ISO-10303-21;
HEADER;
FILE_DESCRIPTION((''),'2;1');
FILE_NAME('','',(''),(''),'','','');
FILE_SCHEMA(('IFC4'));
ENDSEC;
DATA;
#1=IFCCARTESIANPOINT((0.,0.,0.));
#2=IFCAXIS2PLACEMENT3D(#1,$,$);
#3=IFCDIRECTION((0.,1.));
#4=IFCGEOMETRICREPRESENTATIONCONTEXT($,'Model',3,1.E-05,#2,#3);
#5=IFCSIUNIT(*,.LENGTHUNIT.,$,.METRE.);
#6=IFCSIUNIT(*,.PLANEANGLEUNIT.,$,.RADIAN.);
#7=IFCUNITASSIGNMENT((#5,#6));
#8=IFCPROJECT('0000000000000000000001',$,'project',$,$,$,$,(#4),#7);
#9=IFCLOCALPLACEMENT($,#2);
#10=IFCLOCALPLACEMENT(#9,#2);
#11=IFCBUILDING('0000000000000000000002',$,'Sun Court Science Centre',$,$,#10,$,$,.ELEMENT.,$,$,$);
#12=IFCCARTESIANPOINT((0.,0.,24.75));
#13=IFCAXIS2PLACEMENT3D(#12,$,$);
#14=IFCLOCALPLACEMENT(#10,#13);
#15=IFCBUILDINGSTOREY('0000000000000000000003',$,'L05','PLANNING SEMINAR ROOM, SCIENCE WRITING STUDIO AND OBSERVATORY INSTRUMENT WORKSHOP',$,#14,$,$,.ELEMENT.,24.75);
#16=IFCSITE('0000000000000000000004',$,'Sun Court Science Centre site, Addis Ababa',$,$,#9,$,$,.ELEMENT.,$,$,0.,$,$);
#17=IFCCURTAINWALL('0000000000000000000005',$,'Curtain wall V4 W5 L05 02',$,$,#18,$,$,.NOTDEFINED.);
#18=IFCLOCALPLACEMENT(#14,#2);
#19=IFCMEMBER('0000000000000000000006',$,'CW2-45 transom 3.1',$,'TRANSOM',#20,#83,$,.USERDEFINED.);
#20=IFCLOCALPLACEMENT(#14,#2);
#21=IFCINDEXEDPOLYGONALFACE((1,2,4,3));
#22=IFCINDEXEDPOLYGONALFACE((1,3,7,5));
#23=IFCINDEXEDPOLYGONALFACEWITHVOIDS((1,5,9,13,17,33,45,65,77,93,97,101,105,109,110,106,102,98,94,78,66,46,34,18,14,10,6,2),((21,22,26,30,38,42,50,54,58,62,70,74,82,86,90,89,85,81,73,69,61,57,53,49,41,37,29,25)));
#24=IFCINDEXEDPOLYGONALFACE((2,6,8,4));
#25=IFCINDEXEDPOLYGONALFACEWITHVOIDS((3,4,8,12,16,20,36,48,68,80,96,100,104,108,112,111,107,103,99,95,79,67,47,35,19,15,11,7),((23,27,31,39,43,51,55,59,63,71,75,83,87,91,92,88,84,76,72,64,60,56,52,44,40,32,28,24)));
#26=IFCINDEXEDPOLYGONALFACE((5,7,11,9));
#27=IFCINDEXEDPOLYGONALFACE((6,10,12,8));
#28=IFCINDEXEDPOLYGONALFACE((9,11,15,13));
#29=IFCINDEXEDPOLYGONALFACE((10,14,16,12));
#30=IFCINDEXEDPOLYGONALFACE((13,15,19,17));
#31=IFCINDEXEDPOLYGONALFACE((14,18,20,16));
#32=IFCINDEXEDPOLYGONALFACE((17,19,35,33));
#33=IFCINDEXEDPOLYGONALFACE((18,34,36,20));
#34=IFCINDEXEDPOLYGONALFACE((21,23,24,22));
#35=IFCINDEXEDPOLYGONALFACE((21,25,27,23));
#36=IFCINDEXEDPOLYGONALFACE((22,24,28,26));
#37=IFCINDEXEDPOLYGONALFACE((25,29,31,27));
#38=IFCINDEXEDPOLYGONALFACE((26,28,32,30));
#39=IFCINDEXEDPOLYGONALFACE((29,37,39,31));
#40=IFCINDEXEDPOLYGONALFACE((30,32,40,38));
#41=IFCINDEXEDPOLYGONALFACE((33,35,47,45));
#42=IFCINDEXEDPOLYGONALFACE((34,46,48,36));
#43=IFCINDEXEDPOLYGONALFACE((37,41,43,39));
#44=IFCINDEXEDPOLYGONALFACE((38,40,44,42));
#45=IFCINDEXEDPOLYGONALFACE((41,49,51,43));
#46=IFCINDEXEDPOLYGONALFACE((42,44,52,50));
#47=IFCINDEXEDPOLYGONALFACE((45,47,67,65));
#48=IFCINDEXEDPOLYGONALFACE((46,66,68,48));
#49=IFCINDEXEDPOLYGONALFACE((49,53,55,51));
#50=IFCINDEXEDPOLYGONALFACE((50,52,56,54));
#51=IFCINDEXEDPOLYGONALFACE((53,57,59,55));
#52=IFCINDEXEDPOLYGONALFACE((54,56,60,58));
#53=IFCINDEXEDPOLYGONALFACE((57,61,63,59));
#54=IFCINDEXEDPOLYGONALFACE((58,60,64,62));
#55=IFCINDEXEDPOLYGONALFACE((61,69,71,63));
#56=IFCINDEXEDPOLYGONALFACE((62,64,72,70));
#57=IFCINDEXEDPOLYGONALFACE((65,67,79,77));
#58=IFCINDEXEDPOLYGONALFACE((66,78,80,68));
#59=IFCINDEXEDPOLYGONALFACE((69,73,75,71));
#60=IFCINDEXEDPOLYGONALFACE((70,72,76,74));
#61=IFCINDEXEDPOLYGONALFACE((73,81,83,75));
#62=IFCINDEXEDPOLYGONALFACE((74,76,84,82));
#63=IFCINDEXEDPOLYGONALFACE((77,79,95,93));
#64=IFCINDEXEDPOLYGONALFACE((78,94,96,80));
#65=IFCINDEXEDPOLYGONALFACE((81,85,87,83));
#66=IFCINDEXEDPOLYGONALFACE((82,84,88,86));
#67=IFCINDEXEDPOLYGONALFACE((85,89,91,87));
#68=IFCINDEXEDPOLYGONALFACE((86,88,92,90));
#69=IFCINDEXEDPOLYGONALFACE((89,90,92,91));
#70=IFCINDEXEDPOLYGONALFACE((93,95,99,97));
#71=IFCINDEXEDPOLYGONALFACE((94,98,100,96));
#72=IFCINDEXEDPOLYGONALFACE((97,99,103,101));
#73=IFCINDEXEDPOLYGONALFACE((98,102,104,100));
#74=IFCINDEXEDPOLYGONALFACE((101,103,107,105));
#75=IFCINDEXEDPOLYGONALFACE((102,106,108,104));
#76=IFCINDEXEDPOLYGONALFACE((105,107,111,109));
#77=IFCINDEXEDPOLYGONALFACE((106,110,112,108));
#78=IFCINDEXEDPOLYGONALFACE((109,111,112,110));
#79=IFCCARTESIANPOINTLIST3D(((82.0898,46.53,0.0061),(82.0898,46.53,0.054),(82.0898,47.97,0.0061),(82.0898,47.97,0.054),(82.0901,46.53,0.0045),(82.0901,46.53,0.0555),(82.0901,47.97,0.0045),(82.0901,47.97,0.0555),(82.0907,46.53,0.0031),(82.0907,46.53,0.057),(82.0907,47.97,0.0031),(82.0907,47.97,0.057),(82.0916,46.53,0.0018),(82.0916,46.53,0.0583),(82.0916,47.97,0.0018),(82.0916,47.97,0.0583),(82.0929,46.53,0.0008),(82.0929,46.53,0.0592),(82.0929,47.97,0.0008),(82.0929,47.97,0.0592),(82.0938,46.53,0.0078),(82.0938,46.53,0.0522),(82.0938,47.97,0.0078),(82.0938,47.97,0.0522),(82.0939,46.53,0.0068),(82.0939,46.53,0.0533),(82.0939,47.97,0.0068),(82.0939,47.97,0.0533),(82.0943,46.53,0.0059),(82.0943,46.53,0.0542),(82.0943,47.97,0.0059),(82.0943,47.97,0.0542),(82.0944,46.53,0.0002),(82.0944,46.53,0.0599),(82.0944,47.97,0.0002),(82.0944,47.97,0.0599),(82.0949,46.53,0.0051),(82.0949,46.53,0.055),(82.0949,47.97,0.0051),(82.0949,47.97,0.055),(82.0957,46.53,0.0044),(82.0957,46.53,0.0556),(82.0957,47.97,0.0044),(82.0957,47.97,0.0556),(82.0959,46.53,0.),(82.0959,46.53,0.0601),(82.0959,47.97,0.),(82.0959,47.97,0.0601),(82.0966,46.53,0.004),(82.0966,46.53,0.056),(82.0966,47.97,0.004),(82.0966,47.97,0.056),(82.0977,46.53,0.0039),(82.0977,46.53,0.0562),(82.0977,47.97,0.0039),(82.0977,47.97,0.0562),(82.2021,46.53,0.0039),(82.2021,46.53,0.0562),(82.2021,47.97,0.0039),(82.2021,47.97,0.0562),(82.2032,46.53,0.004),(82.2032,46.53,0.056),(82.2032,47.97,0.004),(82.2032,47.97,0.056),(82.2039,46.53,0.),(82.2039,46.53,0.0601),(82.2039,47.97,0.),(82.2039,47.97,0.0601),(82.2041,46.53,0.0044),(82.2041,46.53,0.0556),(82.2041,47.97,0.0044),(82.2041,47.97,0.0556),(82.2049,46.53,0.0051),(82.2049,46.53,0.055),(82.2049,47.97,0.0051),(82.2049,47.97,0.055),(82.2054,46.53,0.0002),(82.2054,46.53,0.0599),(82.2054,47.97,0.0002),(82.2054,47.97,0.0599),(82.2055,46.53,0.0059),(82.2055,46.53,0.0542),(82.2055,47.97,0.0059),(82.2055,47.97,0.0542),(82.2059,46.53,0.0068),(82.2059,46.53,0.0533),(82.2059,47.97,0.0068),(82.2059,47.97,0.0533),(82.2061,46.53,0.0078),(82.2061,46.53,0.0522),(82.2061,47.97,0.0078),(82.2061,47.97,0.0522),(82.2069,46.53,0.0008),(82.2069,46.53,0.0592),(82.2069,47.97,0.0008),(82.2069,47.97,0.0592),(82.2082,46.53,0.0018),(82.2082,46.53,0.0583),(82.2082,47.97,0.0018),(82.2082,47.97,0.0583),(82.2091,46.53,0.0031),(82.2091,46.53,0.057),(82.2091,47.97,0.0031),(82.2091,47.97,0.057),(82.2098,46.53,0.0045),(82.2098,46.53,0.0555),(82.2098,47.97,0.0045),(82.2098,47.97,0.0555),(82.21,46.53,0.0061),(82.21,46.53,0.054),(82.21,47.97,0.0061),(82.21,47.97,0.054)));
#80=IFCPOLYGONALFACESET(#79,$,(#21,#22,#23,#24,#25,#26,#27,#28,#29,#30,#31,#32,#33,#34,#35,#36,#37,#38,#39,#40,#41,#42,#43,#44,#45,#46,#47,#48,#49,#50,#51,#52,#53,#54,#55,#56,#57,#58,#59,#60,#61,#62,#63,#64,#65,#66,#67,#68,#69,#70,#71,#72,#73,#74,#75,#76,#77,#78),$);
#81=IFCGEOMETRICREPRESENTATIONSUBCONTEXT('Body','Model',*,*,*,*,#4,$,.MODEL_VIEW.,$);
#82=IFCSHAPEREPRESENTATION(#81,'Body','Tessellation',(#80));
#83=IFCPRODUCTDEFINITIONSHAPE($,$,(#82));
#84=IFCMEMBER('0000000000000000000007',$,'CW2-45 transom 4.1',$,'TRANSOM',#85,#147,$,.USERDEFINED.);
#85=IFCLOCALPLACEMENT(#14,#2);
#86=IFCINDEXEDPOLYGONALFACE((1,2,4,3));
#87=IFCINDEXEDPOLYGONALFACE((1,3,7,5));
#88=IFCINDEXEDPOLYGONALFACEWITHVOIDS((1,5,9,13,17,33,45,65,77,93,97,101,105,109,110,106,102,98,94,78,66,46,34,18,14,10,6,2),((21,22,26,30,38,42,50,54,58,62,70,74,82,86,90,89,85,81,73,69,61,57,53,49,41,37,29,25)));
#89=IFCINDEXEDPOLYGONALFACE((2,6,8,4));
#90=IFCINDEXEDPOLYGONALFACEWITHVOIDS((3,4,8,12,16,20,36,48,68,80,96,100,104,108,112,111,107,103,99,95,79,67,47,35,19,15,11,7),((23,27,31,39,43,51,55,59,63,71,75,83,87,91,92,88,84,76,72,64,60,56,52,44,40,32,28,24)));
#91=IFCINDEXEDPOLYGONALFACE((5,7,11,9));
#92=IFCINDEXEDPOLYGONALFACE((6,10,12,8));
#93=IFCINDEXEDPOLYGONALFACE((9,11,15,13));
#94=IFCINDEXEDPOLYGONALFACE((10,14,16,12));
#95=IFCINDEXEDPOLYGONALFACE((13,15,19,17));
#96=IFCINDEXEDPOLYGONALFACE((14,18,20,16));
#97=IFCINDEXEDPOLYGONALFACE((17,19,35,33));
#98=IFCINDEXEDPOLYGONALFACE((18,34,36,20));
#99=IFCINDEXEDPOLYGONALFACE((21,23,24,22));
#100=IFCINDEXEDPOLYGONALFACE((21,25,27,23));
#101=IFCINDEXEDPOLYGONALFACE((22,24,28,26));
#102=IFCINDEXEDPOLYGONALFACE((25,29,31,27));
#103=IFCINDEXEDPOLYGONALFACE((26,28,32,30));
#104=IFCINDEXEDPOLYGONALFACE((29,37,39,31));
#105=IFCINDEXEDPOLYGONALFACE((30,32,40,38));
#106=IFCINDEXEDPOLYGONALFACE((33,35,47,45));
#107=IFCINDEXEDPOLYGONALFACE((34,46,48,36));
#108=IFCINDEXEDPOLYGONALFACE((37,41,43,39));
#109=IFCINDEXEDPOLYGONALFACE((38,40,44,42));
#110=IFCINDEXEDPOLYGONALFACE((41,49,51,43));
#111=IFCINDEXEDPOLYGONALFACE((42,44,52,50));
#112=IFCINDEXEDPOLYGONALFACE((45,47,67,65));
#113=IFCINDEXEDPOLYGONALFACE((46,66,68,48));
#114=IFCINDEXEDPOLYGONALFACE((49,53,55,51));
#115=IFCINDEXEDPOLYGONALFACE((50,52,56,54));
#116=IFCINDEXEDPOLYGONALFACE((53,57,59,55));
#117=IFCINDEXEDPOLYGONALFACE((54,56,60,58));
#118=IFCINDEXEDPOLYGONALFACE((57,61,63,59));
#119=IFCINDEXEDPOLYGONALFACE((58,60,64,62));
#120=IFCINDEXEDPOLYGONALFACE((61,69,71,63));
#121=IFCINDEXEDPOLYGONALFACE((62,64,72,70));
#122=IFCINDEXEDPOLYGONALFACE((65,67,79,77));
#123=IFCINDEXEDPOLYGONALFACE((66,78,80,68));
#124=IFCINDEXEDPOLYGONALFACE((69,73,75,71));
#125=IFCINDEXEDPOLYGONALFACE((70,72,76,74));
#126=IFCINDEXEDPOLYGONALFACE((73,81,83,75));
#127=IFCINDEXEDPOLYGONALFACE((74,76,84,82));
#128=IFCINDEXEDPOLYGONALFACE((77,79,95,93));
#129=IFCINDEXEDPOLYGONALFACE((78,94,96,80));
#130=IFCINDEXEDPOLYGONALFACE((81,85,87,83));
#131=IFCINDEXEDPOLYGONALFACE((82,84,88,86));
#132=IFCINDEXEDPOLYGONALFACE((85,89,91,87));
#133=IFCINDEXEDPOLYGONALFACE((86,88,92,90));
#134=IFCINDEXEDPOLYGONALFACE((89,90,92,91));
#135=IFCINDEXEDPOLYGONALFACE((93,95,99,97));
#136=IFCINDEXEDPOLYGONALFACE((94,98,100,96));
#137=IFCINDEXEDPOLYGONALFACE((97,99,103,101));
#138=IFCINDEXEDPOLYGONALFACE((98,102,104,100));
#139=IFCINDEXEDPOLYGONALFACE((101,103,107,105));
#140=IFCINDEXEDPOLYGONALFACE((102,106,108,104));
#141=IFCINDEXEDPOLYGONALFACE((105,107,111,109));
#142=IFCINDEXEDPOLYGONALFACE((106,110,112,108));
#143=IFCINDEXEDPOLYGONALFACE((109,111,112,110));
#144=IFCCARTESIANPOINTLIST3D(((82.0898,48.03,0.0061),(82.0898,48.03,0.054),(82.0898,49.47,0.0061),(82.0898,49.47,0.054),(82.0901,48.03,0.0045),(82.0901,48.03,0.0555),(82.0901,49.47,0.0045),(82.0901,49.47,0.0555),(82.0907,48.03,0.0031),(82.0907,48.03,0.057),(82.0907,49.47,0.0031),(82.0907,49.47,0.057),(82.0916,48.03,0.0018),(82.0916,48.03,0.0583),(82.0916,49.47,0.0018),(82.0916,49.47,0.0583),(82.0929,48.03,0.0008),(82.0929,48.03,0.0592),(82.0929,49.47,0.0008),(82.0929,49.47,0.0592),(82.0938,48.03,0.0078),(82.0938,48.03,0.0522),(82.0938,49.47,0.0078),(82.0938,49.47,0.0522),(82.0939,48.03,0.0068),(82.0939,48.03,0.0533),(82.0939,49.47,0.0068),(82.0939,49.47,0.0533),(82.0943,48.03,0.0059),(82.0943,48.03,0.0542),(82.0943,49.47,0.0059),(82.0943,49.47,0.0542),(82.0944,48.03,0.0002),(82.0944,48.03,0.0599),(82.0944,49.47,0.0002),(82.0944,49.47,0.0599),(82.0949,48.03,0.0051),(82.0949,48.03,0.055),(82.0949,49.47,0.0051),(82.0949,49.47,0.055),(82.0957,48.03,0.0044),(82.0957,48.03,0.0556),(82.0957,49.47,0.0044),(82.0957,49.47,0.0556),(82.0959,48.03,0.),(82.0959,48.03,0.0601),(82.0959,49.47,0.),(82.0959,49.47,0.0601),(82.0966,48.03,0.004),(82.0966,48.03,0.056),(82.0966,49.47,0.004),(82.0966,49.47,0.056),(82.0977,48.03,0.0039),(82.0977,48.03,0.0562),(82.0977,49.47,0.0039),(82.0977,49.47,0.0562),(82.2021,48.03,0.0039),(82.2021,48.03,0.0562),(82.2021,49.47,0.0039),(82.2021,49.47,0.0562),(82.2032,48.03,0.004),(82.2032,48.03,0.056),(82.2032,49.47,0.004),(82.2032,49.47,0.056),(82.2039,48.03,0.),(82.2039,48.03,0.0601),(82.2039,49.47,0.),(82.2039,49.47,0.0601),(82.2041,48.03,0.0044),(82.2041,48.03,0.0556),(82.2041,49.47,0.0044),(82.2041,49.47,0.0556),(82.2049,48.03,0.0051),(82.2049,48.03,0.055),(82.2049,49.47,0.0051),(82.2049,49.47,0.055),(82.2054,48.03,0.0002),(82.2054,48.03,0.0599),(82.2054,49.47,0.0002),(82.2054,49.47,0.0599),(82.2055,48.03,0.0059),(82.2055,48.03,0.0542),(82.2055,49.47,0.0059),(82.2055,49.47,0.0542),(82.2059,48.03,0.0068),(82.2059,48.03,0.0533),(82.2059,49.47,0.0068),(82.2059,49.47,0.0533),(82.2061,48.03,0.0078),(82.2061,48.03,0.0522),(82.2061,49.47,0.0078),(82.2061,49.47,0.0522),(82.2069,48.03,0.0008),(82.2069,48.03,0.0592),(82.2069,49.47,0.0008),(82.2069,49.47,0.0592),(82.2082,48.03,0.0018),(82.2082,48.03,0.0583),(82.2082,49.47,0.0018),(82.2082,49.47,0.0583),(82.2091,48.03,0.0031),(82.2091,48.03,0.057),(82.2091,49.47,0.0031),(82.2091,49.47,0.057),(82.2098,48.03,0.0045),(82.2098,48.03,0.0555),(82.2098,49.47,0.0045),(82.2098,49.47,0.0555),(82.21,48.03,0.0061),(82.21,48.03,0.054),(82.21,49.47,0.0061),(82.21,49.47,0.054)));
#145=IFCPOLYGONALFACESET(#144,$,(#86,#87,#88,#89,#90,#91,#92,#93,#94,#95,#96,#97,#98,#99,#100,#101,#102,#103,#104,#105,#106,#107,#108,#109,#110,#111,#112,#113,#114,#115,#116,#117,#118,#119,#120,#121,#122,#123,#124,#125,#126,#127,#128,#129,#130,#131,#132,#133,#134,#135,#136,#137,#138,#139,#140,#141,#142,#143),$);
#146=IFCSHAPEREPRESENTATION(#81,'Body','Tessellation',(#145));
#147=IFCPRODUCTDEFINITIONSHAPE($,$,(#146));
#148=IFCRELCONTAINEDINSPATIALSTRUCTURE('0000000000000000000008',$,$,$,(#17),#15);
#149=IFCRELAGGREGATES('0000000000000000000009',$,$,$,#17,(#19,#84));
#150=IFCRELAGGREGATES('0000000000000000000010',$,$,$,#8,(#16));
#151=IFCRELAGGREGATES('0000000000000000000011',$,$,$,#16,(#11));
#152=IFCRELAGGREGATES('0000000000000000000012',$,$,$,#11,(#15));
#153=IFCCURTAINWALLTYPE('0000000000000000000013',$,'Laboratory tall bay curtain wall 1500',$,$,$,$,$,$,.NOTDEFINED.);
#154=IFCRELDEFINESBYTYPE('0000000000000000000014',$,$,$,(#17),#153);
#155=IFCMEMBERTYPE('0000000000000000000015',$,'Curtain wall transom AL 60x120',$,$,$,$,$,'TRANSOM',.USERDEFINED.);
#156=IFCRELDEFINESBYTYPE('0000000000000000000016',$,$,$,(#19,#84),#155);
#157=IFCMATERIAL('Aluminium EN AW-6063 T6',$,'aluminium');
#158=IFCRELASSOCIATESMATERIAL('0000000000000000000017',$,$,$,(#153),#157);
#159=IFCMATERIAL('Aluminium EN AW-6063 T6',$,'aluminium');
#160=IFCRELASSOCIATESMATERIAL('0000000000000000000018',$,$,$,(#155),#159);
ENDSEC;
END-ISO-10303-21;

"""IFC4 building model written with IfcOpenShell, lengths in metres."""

from ifc_helpers import new_model, si_unit, direction, frame, origin, origin_2d, place, context, subcontext, project, spatial, hollow_rectangle, extrude, material, material_profile, profile_set, type_object, element, aggregate, save


model = new_model("IFC4")

# Units and contexts
model_context = context("Model", 3, precision=1e-05, world=origin(), true_north=direction((0.0, 1.0)))
body_context = subcontext(model_context, "Body", "Model", "MODEL_VIEW")
ifc_project = project(units=[si_unit("LENGTHUNIT", "METRE"), si_unit("PLANEANGLEUNIT", "RADIAN")], contexts=[model_context])

# Site, building, storey
site_placement = place(None, origin())
site = spatial("IfcSite", under=ifc_project, at=site_placement, Name="Sun Court Science Centre site, Addis Ababa", CompositionType="ELEMENT", RefElevation=0.0)
building_placement = place(site_placement, origin())
building = spatial("IfcBuilding", under=site, at=building_placement, Name="Sun Court Science Centre", CompositionType="ELEMENT")
storey_placement = place(building_placement, frame((0.0, 0.0, 24.75)))
storey = spatial("IfcBuildingStorey", under=building, at=storey_placement, Name="L05", Description="PLANNING SEMINAR ROOM, SCIENCE WRITING STUDIO AND OBSERVATORY INSTRUMENT WORKSHOP", CompositionType="ELEMENT", Elevation=24.75)

# Curtain wall, members
ifc_material_1 = material(Name="Aluminium EN AW-6063 T6", Category="aluminium")
curtain_wall_type = type_object("IfcCurtainWallType", Name="Laboratory tall bay curtain wall 1500", PredefinedType="NOTDEFINED", material=ifc_material_1)
curtain_wall_placement = place(storey_placement, origin())
curtain_wall = element("IfcCurtainWall", 1, at=curtain_wall_placement, inside=storey, type_object=curtain_wall_type, Name="Curtain wall V4 W5 L05 02", PredefinedType="NOTDEFINED")
ifc_material_2 = material(Name="Aluminium EN AW-6063 T6", Category="aluminium")
ifc_material_profile_1 = material_profile(ifc_material_2, hollow_rectangle(XDim=0.0601, YDim=0.1201, WallThickness=0.0039, InnerFilletRadius=0.0039, OuterFilletRadius=0.0061, at=origin_2d()), Name="AL 60x120x4")
ifc_profile_set_1 = profile_set([ifc_material_profile_1], Name="Aluminium EN AW-6063 T6")
member_type_1 = type_object("IfcMemberType", Name="Curtain wall transom AL 60x120", ElementType="TRANSOM", PredefinedType="USERDEFINED", material=ifc_profile_set_1)
member_1_placement = place(storey_placement, frame((82.1499, 46.53, 0.03), z_axis=(0.0, 1.0, 0.0), x_axis=(0.0, 0.0, 1.0)))
member_1 = element("IfcMember", 2, at=member_1_placement, type_object=member_type_1, Name="CW2-45 transom 3.1", ObjectType="TRANSOM", PredefinedType="USERDEFINED", context=body_context, shape_type="SweptSolid", body=[
    extrude(hollow_rectangle(XDim=0.0601, YDim=0.1201, WallThickness=0.0039, InnerFilletRadius=0.0039, OuterFilletRadius=0.0061, at=origin_2d()), origin(), (0.0, 0.0, 1.0), 1.4399),
])
member_2_placement = place(storey_placement, frame((82.1499, 48.03, 0.03), z_axis=(0.0, 1.0, 0.0), x_axis=(0.0, 0.0, 1.0)))
member_2 = element("IfcMember", 3, at=member_2_placement, type_object=member_type_1, Name="CW2-45 transom 4.1", ObjectType="TRANSOM", PredefinedType="USERDEFINED", context=body_context, shape_type="SweptSolid", body=[
    extrude(hollow_rectangle(XDim=0.0601, YDim=0.1201, WallThickness=0.0039, InnerFilletRadius=0.0039, OuterFilletRadius=0.0061, at=origin_2d()), origin(), (0.0, 0.0, 1.0), 1.4399),
])

aggregate(curtain_wall, [member_1, member_2])

save(model, "model.ifc")
